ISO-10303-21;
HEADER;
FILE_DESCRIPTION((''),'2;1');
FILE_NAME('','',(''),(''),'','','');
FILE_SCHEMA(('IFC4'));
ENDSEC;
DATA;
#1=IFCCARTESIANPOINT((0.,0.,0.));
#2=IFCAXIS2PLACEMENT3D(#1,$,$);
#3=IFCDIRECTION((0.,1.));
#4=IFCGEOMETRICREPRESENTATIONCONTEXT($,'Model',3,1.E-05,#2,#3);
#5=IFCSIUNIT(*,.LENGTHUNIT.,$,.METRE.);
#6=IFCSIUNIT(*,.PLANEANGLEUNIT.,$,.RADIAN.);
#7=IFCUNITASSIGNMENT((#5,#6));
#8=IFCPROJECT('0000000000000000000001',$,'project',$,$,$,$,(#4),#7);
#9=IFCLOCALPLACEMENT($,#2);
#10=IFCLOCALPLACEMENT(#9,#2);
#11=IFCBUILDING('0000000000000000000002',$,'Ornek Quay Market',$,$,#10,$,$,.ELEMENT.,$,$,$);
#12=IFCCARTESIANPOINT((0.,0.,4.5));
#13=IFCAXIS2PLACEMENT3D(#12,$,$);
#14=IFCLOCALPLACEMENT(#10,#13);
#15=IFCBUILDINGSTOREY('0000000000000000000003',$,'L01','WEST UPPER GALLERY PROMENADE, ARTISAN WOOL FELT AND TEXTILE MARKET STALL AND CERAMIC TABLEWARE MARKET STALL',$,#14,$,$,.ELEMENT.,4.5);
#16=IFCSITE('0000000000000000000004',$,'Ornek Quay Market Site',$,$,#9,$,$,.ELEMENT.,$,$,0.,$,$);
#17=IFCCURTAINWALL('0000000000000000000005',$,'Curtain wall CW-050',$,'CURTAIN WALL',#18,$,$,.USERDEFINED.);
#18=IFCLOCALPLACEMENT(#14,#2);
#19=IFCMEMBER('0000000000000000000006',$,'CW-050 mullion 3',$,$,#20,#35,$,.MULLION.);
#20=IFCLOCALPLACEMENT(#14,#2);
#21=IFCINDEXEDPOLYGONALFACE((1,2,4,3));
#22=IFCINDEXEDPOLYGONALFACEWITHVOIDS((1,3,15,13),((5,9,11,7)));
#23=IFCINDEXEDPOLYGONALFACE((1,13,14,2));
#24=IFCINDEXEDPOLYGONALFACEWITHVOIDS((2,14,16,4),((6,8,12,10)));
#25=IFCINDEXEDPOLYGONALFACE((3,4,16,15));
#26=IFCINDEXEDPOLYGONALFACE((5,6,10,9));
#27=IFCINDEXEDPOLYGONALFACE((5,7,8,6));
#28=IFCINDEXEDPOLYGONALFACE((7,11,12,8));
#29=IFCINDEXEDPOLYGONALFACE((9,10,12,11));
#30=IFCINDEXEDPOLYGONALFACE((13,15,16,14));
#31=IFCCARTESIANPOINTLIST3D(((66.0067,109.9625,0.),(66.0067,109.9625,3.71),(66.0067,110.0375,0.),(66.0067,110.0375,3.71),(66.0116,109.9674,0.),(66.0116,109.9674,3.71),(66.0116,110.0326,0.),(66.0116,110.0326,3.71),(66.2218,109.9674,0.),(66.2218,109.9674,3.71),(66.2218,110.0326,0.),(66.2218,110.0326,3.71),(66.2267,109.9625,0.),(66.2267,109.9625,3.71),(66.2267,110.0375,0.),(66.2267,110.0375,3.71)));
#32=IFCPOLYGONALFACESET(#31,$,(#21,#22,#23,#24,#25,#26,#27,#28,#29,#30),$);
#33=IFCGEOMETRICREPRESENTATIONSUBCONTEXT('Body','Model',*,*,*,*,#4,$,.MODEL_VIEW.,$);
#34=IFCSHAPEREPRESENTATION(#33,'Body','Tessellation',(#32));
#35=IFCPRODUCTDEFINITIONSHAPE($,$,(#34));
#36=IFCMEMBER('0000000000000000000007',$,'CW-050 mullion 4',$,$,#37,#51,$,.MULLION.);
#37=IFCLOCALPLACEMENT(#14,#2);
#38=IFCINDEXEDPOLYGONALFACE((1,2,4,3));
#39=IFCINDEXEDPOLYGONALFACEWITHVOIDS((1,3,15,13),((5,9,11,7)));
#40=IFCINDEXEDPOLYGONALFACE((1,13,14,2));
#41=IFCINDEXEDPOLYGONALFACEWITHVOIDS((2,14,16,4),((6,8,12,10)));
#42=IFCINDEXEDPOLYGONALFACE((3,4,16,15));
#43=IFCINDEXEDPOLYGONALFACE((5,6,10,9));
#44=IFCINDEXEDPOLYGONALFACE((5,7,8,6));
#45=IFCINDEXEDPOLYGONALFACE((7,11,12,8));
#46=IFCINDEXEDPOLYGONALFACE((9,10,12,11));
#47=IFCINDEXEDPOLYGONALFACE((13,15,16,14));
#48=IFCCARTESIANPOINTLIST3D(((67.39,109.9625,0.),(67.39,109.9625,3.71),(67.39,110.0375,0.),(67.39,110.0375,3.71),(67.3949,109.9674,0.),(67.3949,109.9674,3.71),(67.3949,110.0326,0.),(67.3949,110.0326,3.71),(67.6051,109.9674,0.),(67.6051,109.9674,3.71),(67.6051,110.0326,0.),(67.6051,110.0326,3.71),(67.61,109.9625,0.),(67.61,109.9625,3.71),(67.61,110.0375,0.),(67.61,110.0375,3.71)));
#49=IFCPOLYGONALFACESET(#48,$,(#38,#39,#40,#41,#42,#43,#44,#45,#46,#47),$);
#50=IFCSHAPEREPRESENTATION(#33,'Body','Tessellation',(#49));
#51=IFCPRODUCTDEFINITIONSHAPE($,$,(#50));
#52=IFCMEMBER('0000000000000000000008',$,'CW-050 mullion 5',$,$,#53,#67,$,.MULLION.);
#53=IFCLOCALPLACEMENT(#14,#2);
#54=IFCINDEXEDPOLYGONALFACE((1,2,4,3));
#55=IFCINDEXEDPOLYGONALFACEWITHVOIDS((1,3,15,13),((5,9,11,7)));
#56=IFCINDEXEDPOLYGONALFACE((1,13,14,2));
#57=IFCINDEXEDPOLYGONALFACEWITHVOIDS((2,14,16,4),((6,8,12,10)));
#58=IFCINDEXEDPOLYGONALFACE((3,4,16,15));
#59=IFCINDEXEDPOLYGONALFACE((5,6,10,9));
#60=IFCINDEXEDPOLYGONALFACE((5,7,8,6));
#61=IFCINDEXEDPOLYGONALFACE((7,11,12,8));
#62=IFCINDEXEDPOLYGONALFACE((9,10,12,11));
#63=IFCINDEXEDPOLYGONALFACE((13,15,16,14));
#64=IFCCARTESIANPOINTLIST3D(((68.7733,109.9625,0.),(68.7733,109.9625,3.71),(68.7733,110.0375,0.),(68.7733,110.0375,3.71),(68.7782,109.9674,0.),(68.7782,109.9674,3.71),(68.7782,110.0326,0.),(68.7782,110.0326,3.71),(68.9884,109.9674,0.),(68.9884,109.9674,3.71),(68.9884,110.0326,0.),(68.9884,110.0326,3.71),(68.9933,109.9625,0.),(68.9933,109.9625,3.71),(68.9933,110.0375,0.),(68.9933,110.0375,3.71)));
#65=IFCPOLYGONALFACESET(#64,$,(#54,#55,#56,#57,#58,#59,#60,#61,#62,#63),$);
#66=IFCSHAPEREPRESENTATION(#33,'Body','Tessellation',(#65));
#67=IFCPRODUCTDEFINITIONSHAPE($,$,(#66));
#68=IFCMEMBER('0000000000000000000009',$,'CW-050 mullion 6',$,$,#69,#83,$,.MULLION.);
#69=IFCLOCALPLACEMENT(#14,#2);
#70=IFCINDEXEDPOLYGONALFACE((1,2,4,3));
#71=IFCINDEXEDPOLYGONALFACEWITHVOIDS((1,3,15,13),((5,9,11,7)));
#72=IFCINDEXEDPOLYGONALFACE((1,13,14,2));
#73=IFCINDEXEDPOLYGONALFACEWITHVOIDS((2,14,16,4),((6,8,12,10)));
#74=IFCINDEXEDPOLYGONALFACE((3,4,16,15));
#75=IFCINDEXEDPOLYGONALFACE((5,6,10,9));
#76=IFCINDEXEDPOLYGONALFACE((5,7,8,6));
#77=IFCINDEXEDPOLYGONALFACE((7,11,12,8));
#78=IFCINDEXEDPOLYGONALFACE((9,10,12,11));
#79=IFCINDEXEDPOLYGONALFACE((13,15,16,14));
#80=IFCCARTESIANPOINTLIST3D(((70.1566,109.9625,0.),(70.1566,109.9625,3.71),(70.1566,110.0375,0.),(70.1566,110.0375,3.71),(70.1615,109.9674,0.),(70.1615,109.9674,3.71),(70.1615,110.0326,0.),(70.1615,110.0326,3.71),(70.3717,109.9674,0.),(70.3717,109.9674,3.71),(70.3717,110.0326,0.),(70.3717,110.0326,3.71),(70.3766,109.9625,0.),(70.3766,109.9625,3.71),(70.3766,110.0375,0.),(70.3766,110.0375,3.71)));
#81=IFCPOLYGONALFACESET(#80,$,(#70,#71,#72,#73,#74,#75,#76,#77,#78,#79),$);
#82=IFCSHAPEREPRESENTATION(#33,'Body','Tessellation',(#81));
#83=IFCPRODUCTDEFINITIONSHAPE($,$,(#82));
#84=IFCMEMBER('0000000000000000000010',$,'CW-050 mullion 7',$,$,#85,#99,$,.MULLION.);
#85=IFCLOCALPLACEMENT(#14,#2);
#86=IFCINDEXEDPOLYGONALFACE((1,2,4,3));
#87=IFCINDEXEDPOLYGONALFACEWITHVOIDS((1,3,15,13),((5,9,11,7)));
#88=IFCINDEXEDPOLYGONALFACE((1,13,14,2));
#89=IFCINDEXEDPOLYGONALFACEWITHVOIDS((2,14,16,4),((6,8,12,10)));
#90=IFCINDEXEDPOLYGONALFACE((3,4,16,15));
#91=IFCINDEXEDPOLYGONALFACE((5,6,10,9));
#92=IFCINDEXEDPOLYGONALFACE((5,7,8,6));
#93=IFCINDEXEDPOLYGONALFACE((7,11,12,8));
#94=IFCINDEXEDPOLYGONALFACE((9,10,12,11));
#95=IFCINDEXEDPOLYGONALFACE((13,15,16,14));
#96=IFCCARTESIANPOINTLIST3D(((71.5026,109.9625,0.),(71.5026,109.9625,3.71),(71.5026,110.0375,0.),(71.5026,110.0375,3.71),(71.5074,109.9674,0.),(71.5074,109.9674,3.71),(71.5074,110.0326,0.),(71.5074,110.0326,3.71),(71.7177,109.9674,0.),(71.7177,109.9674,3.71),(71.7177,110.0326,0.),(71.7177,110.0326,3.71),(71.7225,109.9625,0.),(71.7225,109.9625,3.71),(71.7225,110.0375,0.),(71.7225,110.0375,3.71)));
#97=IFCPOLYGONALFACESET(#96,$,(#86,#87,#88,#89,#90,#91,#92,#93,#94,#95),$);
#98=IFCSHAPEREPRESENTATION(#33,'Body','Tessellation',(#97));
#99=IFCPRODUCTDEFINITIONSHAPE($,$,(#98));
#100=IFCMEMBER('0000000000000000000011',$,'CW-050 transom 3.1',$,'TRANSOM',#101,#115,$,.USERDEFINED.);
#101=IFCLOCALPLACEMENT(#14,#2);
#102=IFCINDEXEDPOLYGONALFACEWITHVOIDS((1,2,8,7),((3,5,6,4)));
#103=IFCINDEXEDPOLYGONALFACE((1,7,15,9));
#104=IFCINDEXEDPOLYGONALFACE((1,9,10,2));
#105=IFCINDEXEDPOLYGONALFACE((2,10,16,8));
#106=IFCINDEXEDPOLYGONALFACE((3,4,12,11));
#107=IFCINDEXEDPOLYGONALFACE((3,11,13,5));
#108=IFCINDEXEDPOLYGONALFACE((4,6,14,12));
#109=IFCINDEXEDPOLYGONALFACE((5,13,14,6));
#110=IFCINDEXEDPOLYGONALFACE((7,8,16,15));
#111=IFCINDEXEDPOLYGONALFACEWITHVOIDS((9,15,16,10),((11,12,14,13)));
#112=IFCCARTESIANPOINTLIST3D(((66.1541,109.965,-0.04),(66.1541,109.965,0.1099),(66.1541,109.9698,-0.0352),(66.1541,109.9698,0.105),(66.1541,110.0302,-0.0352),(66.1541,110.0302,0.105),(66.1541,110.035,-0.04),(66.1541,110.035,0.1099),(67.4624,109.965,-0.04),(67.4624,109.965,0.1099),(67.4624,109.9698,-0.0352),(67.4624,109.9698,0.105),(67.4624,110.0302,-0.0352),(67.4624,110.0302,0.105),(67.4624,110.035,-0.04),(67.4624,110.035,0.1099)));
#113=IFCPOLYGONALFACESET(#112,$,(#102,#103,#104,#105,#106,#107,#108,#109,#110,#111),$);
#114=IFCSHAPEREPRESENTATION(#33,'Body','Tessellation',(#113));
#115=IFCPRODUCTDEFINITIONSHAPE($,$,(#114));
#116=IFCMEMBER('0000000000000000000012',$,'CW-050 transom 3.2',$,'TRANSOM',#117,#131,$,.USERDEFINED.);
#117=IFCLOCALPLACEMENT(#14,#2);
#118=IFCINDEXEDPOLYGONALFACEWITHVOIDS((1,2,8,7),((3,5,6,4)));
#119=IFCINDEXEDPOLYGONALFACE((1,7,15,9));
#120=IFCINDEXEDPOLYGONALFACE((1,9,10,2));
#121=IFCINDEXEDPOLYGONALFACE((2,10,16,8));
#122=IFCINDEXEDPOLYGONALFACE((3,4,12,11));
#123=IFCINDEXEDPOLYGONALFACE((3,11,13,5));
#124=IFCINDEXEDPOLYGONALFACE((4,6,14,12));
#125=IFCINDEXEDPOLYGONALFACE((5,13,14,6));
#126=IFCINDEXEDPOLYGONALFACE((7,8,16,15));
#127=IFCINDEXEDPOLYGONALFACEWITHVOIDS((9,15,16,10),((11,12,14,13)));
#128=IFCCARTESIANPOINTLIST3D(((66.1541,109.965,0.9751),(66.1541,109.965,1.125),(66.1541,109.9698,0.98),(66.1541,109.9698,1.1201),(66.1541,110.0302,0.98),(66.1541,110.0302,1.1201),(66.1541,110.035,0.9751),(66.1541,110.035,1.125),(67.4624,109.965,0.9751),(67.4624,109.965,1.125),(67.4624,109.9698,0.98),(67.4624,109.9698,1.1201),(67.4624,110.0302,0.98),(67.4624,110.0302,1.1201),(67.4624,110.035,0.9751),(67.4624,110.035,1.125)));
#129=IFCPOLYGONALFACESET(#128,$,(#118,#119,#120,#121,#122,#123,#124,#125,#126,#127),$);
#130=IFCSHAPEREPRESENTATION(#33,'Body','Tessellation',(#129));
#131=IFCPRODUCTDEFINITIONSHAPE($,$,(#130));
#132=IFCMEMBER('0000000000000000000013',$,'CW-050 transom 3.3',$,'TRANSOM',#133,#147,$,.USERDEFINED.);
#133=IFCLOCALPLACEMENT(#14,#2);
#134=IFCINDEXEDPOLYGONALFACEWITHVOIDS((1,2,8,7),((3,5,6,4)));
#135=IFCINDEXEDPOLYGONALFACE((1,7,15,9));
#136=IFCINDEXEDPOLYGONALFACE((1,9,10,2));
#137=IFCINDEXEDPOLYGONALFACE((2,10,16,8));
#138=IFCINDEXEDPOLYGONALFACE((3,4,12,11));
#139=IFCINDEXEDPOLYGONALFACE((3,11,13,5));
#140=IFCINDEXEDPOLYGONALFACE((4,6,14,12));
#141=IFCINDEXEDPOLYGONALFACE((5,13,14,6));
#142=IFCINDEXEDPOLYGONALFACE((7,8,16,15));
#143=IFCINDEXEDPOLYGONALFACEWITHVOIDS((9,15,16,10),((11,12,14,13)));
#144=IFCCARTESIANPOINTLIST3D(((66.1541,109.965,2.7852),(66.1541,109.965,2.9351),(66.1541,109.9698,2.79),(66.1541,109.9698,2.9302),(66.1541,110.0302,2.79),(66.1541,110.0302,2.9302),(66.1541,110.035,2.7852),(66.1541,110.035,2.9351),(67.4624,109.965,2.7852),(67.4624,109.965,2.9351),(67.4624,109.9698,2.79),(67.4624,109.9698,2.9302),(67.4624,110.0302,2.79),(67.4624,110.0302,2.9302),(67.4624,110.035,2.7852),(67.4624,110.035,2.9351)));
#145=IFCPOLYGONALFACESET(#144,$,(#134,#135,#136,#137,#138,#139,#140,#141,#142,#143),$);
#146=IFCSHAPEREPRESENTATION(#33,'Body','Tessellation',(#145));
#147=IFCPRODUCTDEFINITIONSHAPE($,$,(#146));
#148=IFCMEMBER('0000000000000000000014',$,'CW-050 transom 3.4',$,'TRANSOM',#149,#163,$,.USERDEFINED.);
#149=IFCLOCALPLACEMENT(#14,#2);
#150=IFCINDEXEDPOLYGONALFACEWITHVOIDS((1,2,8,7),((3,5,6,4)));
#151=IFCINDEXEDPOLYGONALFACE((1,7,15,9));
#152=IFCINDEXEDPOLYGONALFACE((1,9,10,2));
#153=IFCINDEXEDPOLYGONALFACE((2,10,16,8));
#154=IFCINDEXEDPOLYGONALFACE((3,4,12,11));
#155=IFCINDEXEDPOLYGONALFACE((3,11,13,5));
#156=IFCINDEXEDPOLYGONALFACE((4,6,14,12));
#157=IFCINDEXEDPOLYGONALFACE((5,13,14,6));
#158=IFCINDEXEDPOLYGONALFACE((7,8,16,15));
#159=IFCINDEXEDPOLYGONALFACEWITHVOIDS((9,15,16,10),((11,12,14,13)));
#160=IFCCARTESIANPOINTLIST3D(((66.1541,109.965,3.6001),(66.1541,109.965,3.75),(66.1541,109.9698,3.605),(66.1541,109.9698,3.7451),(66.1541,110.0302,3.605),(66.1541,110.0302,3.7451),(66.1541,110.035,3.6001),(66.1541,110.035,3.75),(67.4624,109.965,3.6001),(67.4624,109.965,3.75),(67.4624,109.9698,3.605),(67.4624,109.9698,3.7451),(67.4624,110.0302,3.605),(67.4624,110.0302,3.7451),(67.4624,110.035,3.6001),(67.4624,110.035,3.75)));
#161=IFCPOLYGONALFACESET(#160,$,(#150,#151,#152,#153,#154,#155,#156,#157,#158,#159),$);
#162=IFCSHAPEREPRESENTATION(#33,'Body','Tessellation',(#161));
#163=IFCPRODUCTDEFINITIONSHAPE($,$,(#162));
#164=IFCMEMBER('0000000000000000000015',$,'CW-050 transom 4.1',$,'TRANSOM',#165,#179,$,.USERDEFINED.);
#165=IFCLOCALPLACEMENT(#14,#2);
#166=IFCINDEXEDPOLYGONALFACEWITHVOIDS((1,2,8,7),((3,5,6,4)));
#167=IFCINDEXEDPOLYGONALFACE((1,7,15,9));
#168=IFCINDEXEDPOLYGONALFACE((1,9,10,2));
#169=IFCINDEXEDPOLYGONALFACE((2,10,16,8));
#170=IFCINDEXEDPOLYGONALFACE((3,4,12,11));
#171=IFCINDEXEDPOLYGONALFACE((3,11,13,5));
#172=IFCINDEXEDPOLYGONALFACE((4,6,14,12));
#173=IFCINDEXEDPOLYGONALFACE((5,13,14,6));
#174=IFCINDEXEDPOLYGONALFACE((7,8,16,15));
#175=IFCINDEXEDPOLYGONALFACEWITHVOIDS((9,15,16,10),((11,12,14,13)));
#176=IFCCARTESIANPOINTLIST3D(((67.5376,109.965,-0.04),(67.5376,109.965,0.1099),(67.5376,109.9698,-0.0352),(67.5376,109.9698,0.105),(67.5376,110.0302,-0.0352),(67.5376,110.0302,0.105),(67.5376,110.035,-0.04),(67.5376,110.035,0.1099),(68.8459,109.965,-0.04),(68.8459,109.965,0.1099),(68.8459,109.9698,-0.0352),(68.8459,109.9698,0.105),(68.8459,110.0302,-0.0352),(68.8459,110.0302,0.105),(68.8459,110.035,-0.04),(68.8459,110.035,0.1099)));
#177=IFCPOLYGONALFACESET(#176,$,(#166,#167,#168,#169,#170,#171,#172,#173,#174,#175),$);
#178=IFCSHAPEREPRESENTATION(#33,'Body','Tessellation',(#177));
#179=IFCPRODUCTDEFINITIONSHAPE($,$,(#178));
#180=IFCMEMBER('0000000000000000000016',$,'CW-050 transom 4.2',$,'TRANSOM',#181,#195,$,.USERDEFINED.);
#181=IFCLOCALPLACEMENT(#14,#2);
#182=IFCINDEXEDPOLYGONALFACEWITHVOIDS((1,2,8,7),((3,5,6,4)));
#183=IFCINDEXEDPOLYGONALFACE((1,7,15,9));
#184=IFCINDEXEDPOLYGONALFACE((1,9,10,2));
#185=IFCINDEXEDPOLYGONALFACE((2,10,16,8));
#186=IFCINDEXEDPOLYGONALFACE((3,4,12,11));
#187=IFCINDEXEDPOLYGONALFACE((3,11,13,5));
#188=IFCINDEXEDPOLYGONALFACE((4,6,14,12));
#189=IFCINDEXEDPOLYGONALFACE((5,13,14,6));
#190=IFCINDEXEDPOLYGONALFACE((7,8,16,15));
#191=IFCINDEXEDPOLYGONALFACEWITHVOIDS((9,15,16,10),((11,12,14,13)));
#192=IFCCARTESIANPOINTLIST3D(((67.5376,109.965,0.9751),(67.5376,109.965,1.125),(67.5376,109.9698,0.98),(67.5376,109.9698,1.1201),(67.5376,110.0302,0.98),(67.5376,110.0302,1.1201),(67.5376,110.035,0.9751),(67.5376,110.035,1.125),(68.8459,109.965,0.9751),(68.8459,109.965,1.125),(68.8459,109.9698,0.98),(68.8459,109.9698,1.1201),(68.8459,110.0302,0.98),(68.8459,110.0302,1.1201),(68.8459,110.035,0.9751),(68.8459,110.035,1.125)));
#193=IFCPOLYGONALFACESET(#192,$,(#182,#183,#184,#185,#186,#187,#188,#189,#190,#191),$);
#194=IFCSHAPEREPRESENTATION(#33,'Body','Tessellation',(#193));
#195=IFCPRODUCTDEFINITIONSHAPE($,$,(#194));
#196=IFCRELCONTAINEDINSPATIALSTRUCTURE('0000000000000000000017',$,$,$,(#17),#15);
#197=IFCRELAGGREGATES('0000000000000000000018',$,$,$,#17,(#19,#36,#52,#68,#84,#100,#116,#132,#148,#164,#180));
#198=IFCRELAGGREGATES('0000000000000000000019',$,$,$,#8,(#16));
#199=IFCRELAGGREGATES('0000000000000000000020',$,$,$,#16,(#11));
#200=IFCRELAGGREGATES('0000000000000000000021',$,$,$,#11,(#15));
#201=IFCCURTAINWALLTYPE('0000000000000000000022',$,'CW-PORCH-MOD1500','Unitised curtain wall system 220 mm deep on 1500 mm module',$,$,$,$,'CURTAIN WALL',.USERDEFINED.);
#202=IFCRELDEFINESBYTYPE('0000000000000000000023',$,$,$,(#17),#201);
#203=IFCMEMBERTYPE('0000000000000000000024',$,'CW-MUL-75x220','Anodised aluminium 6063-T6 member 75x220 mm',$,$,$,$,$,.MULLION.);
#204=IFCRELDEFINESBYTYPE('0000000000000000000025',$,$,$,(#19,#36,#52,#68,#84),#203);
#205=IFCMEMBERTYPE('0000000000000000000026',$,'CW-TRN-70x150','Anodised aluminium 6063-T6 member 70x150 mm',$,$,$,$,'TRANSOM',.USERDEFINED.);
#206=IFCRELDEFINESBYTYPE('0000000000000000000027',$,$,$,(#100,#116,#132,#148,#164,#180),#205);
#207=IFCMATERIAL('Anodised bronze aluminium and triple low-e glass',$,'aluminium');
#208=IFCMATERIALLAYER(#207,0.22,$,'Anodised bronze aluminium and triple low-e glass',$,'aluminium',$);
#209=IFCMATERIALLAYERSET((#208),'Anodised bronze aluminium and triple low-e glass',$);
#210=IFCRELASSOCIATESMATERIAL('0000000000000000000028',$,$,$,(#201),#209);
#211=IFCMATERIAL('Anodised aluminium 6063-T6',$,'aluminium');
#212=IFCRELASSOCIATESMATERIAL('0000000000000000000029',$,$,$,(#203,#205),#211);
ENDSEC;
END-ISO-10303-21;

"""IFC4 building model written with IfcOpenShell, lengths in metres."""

from ifc_helpers import new_model, si_unit, direction, frame, origin, origin_2d, place, context, subcontext, project, spatial, hollow_rectangle, extrude, material, layer, layer_set, material_profile, profile_set, type_object, element, aggregate, save


model = new_model("IFC4")

# Units and contexts
model_context = context("Model", 3, precision=1e-05, world=origin(), true_north=direction((0.0, 1.0)))
body_context = subcontext(model_context, "Body", "Model", "MODEL_VIEW")
ifc_project = project(units=[si_unit("LENGTHUNIT", "METRE"), si_unit("PLANEANGLEUNIT", "RADIAN")], contexts=[model_context])

# Site, building, storey
site_placement = place(None, origin())
site = spatial("IfcSite", under=ifc_project, at=site_placement, Name="Ornek Quay Market Site", CompositionType="ELEMENT", RefElevation=0.0)
building_placement = place(site_placement, origin())
building = spatial("IfcBuilding", under=site, at=building_placement, Name="Ornek Quay Market", CompositionType="ELEMENT")
storey_placement = place(building_placement, frame((0.0, 0.0, 4.5)))
storey = spatial("IfcBuildingStorey", under=building, at=storey_placement, Name="L01", Description="WEST UPPER GALLERY PROMENADE, ARTISAN WOOL FELT AND TEXTILE MARKET STALL AND CERAMIC TABLEWARE MARKET STALL", CompositionType="ELEMENT", Elevation=4.5)

# Curtain wall, members
ifc_material_1 = material(Name="Anodised bronze aluminium and triple low-e glass", Category="aluminium")
ifc_layer_1 = layer(ifc_material_1, 0.22, Name="Anodised bronze aluminium and triple low-e glass", Category="aluminium")
ifc_layer_set_1 = layer_set([ifc_layer_1], Name="Anodised bronze aluminium and triple low-e glass")
curtain_wall_type = type_object("IfcCurtainWallType", Name="CW-PORCH-MOD1500", Description="Unitised curtain wall system 220 mm deep on 1500 mm module", ElementType="CURTAIN WALL", PredefinedType="USERDEFINED", material=ifc_layer_set_1)
curtain_wall_placement = place(storey_placement, origin())
curtain_wall = element("IfcCurtainWall", 1, at=curtain_wall_placement, inside=storey, type_object=curtain_wall_type, Name="Curtain wall CW-050", ObjectType="CURTAIN WALL", PredefinedType="USERDEFINED")
ifc_material_2 = material(Name="Anodised aluminium 6063-T6", Category="aluminium")
ifc_material_profile_1 = material_profile(ifc_material_2, hollow_rectangle(XDim=0.075, YDim=0.22, WallThickness=0.0049, at=origin_2d()), Name="CW-MUL-75x220", Category="aluminium")
ifc_profile_set_1 = profile_set([ifc_material_profile_1], Name="Anodised aluminium 6063-T6")
member_type_1 = type_object("IfcMemberType", Name="CW-MUL-75x220", Description="Anodised aluminium 6063-T6 member 75x220 mm", PredefinedType="MULLION", material=ifc_profile_set_1)
member_1_placement = place(storey_placement, frame((66.1167, 110.0, 0.0), z_axis=(0.0, 0.0, 1.0), x_axis=(0.0, 1.0, 0.0)))
member_1 = element("IfcMember", 2, at=member_1_placement, type_object=member_type_1, Name="CW-050 mullion 3", PredefinedType="MULLION", context=body_context, shape_type="SweptSolid", body=[
    extrude(hollow_rectangle(XDim=0.075, YDim=0.22, WallThickness=0.0049, at=origin_2d()), origin(), (0.0, 0.0, 1.0), 3.71),
])
member_2_placement = place(storey_placement, frame((67.5, 110.0, 0.0), z_axis=(0.0, 0.0, 1.0), x_axis=(0.0, 1.0, 0.0)))
member_2 = element("IfcMember", 3, at=member_2_placement, type_object=member_type_1, Name="CW-050 mullion 4", PredefinedType="MULLION", context=body_context, shape_type="SweptSolid", body=[
    extrude(hollow_rectangle(XDim=0.075, YDim=0.22, WallThickness=0.0049, at=origin_2d()), origin(), (0.0, 0.0, 1.0), 3.71),
])
member_3_placement = place(storey_placement, frame((68.8833, 110.0, 0.0), z_axis=(0.0, 0.0, 1.0), x_axis=(0.0, 1.0, 0.0)))
member_3 = element("IfcMember", 4, at=member_3_placement, type_object=member_type_1, Name="CW-050 mullion 5", PredefinedType="MULLION", context=body_context, shape_type="SweptSolid", body=[
    extrude(hollow_rectangle(XDim=0.075, YDim=0.22, WallThickness=0.0049, at=origin_2d()), origin(), (0.0, 0.0, 1.0), 3.71),
])
member_4_placement = place(storey_placement, frame((70.2666, 110.0, 0.0), z_axis=(0.0, 0.0, 1.0), x_axis=(0.0, 1.0, 0.0)))
member_4 = element("IfcMember", 5, at=member_4_placement, type_object=member_type_1, Name="CW-050 mullion 6", PredefinedType="MULLION", context=body_context, shape_type="SweptSolid", body=[
    extrude(hollow_rectangle(XDim=0.075, YDim=0.22, WallThickness=0.0049, at=origin_2d()), origin(), (0.0, 0.0, 1.0), 3.71),
])
member_5_placement = place(storey_placement, frame((71.6125, 110.0, 0.0), z_axis=(0.0, 0.0, 1.0), x_axis=(0.0, 1.0, 0.0)))
member_5 = element("IfcMember", 6, at=member_5_placement, type_object=member_type_1, Name="CW-050 mullion 7", PredefinedType="MULLION", context=body_context, shape_type="SweptSolid", body=[
    extrude(hollow_rectangle(XDim=0.075, YDim=0.22, WallThickness=0.0049, at=origin_2d()), origin(), (0.0, 0.0, 1.0), 3.71),
])
ifc_material_profile_2 = material_profile(ifc_material_2, hollow_rectangle(XDim=0.0701, YDim=0.1499, WallThickness=0.0049, at=origin_2d()), Name="CW-TRN-70x150", Category="aluminium")
ifc_profile_set_2 = profile_set([ifc_material_profile_2], Name="Anodised aluminium 6063-T6")
member_type_2 = type_object("IfcMemberType", Name="CW-TRN-70x150", Description="Anodised aluminium 6063-T6 member 70x150 mm", ElementType="TRANSOM", PredefinedType="USERDEFINED", material=ifc_profile_set_2)
member_6_placement = place(storey_placement, frame((66.1541, 110.0, 0.0349), z_axis=(1.0, 0.0, 0.0), x_axis=(0.0, 1.0, 0.0)))
member_6 = element("IfcMember", 7, at=member_6_placement, type_object=member_type_2, Name="CW-050 transom 3.1", ObjectType="TRANSOM", PredefinedType="USERDEFINED", context=body_context, shape_type="SweptSolid", body=[
    extrude(hollow_rectangle(XDim=0.0701, YDim=0.1499, WallThickness=0.0049, at=origin_2d()), origin(), (0.0, 0.0, 1.0), 1.3083),
])
member_7_placement = place(storey_placement, frame((66.1541, 110.0, 1.05), z_axis=(1.0, 0.0, 0.0), x_axis=(0.0, 1.0, 0.0)))
member_7 = element("IfcMember", 8, at=member_7_placement, type_object=member_type_2, Name="CW-050 transom 3.2", ObjectType="TRANSOM", PredefinedType="USERDEFINED", context=body_context, shape_type="SweptSolid", body=[
    extrude(hollow_rectangle(XDim=0.0701, YDim=0.1499, WallThickness=0.0049, at=origin_2d()), origin(), (0.0, 0.0, 1.0), 1.3083),
])
member_8_placement = place(storey_placement, frame((66.1541, 110.0, 2.8601), z_axis=(1.0, 0.0, 0.0), x_axis=(0.0, 1.0, 0.0)))
member_8 = element("IfcMember", 9, at=member_8_placement, type_object=member_type_2, Name="CW-050 transom 3.3", ObjectType="TRANSOM", PredefinedType="USERDEFINED", context=body_context, shape_type="SweptSolid", body=[
    extrude(hollow_rectangle(XDim=0.0701, YDim=0.1499, WallThickness=0.0049, at=origin_2d()), origin(), (0.0, 0.0, 1.0), 1.3083),
])
member_9_placement = place(storey_placement, frame((66.1541, 110.0, 3.675), z_axis=(1.0, 0.0, 0.0), x_axis=(0.0, 1.0, 0.0)))
member_9 = element("IfcMember", 10, at=member_9_placement, type_object=member_type_2, Name="CW-050 transom 3.4", ObjectType="TRANSOM", PredefinedType="USERDEFINED", context=body_context, shape_type="SweptSolid", body=[
    extrude(hollow_rectangle(XDim=0.0701, YDim=0.1499, WallThickness=0.0049, at=origin_2d()), origin(), (0.0, 0.0, 1.0), 1.3083),
])
member_10_placement = place(storey_placement, frame((67.5376, 110.0, 0.0349), z_axis=(1.0, 0.0, 0.0), x_axis=(0.0, 1.0, 0.0)))
member_10 = element("IfcMember", 11, at=member_10_placement, type_object=member_type_2, Name="CW-050 transom 4.1", ObjectType="TRANSOM", PredefinedType="USERDEFINED", context=body_context, shape_type="SweptSolid", body=[
    extrude(hollow_rectangle(XDim=0.0701, YDim=0.1499, WallThickness=0.0049, at=origin_2d()), origin(), (0.0, 0.0, 1.0), 1.3083),
])
member_11_placement = place(storey_placement, frame((67.5376, 110.0, 1.05), z_axis=(1.0, 0.0, 0.0), x_axis=(0.0, 1.0, 0.0)))
member_11 = element("IfcMember", 12, at=member_11_placement, type_object=member_type_2, Name="CW-050 transom 4.2", ObjectType="TRANSOM", PredefinedType="USERDEFINED", context=body_context, shape_type="SweptSolid", body=[
    extrude(hollow_rectangle(XDim=0.0701, YDim=0.1499, WallThickness=0.0049, at=origin_2d()), origin(), (0.0, 0.0, 1.0), 1.3083),
])
aggregate(curtain_wall, [member_1, member_2, member_3, member_4, member_5, member_6, member_7, member_8, member_9, member_10, member_11])

save(model, "model.ifc")
